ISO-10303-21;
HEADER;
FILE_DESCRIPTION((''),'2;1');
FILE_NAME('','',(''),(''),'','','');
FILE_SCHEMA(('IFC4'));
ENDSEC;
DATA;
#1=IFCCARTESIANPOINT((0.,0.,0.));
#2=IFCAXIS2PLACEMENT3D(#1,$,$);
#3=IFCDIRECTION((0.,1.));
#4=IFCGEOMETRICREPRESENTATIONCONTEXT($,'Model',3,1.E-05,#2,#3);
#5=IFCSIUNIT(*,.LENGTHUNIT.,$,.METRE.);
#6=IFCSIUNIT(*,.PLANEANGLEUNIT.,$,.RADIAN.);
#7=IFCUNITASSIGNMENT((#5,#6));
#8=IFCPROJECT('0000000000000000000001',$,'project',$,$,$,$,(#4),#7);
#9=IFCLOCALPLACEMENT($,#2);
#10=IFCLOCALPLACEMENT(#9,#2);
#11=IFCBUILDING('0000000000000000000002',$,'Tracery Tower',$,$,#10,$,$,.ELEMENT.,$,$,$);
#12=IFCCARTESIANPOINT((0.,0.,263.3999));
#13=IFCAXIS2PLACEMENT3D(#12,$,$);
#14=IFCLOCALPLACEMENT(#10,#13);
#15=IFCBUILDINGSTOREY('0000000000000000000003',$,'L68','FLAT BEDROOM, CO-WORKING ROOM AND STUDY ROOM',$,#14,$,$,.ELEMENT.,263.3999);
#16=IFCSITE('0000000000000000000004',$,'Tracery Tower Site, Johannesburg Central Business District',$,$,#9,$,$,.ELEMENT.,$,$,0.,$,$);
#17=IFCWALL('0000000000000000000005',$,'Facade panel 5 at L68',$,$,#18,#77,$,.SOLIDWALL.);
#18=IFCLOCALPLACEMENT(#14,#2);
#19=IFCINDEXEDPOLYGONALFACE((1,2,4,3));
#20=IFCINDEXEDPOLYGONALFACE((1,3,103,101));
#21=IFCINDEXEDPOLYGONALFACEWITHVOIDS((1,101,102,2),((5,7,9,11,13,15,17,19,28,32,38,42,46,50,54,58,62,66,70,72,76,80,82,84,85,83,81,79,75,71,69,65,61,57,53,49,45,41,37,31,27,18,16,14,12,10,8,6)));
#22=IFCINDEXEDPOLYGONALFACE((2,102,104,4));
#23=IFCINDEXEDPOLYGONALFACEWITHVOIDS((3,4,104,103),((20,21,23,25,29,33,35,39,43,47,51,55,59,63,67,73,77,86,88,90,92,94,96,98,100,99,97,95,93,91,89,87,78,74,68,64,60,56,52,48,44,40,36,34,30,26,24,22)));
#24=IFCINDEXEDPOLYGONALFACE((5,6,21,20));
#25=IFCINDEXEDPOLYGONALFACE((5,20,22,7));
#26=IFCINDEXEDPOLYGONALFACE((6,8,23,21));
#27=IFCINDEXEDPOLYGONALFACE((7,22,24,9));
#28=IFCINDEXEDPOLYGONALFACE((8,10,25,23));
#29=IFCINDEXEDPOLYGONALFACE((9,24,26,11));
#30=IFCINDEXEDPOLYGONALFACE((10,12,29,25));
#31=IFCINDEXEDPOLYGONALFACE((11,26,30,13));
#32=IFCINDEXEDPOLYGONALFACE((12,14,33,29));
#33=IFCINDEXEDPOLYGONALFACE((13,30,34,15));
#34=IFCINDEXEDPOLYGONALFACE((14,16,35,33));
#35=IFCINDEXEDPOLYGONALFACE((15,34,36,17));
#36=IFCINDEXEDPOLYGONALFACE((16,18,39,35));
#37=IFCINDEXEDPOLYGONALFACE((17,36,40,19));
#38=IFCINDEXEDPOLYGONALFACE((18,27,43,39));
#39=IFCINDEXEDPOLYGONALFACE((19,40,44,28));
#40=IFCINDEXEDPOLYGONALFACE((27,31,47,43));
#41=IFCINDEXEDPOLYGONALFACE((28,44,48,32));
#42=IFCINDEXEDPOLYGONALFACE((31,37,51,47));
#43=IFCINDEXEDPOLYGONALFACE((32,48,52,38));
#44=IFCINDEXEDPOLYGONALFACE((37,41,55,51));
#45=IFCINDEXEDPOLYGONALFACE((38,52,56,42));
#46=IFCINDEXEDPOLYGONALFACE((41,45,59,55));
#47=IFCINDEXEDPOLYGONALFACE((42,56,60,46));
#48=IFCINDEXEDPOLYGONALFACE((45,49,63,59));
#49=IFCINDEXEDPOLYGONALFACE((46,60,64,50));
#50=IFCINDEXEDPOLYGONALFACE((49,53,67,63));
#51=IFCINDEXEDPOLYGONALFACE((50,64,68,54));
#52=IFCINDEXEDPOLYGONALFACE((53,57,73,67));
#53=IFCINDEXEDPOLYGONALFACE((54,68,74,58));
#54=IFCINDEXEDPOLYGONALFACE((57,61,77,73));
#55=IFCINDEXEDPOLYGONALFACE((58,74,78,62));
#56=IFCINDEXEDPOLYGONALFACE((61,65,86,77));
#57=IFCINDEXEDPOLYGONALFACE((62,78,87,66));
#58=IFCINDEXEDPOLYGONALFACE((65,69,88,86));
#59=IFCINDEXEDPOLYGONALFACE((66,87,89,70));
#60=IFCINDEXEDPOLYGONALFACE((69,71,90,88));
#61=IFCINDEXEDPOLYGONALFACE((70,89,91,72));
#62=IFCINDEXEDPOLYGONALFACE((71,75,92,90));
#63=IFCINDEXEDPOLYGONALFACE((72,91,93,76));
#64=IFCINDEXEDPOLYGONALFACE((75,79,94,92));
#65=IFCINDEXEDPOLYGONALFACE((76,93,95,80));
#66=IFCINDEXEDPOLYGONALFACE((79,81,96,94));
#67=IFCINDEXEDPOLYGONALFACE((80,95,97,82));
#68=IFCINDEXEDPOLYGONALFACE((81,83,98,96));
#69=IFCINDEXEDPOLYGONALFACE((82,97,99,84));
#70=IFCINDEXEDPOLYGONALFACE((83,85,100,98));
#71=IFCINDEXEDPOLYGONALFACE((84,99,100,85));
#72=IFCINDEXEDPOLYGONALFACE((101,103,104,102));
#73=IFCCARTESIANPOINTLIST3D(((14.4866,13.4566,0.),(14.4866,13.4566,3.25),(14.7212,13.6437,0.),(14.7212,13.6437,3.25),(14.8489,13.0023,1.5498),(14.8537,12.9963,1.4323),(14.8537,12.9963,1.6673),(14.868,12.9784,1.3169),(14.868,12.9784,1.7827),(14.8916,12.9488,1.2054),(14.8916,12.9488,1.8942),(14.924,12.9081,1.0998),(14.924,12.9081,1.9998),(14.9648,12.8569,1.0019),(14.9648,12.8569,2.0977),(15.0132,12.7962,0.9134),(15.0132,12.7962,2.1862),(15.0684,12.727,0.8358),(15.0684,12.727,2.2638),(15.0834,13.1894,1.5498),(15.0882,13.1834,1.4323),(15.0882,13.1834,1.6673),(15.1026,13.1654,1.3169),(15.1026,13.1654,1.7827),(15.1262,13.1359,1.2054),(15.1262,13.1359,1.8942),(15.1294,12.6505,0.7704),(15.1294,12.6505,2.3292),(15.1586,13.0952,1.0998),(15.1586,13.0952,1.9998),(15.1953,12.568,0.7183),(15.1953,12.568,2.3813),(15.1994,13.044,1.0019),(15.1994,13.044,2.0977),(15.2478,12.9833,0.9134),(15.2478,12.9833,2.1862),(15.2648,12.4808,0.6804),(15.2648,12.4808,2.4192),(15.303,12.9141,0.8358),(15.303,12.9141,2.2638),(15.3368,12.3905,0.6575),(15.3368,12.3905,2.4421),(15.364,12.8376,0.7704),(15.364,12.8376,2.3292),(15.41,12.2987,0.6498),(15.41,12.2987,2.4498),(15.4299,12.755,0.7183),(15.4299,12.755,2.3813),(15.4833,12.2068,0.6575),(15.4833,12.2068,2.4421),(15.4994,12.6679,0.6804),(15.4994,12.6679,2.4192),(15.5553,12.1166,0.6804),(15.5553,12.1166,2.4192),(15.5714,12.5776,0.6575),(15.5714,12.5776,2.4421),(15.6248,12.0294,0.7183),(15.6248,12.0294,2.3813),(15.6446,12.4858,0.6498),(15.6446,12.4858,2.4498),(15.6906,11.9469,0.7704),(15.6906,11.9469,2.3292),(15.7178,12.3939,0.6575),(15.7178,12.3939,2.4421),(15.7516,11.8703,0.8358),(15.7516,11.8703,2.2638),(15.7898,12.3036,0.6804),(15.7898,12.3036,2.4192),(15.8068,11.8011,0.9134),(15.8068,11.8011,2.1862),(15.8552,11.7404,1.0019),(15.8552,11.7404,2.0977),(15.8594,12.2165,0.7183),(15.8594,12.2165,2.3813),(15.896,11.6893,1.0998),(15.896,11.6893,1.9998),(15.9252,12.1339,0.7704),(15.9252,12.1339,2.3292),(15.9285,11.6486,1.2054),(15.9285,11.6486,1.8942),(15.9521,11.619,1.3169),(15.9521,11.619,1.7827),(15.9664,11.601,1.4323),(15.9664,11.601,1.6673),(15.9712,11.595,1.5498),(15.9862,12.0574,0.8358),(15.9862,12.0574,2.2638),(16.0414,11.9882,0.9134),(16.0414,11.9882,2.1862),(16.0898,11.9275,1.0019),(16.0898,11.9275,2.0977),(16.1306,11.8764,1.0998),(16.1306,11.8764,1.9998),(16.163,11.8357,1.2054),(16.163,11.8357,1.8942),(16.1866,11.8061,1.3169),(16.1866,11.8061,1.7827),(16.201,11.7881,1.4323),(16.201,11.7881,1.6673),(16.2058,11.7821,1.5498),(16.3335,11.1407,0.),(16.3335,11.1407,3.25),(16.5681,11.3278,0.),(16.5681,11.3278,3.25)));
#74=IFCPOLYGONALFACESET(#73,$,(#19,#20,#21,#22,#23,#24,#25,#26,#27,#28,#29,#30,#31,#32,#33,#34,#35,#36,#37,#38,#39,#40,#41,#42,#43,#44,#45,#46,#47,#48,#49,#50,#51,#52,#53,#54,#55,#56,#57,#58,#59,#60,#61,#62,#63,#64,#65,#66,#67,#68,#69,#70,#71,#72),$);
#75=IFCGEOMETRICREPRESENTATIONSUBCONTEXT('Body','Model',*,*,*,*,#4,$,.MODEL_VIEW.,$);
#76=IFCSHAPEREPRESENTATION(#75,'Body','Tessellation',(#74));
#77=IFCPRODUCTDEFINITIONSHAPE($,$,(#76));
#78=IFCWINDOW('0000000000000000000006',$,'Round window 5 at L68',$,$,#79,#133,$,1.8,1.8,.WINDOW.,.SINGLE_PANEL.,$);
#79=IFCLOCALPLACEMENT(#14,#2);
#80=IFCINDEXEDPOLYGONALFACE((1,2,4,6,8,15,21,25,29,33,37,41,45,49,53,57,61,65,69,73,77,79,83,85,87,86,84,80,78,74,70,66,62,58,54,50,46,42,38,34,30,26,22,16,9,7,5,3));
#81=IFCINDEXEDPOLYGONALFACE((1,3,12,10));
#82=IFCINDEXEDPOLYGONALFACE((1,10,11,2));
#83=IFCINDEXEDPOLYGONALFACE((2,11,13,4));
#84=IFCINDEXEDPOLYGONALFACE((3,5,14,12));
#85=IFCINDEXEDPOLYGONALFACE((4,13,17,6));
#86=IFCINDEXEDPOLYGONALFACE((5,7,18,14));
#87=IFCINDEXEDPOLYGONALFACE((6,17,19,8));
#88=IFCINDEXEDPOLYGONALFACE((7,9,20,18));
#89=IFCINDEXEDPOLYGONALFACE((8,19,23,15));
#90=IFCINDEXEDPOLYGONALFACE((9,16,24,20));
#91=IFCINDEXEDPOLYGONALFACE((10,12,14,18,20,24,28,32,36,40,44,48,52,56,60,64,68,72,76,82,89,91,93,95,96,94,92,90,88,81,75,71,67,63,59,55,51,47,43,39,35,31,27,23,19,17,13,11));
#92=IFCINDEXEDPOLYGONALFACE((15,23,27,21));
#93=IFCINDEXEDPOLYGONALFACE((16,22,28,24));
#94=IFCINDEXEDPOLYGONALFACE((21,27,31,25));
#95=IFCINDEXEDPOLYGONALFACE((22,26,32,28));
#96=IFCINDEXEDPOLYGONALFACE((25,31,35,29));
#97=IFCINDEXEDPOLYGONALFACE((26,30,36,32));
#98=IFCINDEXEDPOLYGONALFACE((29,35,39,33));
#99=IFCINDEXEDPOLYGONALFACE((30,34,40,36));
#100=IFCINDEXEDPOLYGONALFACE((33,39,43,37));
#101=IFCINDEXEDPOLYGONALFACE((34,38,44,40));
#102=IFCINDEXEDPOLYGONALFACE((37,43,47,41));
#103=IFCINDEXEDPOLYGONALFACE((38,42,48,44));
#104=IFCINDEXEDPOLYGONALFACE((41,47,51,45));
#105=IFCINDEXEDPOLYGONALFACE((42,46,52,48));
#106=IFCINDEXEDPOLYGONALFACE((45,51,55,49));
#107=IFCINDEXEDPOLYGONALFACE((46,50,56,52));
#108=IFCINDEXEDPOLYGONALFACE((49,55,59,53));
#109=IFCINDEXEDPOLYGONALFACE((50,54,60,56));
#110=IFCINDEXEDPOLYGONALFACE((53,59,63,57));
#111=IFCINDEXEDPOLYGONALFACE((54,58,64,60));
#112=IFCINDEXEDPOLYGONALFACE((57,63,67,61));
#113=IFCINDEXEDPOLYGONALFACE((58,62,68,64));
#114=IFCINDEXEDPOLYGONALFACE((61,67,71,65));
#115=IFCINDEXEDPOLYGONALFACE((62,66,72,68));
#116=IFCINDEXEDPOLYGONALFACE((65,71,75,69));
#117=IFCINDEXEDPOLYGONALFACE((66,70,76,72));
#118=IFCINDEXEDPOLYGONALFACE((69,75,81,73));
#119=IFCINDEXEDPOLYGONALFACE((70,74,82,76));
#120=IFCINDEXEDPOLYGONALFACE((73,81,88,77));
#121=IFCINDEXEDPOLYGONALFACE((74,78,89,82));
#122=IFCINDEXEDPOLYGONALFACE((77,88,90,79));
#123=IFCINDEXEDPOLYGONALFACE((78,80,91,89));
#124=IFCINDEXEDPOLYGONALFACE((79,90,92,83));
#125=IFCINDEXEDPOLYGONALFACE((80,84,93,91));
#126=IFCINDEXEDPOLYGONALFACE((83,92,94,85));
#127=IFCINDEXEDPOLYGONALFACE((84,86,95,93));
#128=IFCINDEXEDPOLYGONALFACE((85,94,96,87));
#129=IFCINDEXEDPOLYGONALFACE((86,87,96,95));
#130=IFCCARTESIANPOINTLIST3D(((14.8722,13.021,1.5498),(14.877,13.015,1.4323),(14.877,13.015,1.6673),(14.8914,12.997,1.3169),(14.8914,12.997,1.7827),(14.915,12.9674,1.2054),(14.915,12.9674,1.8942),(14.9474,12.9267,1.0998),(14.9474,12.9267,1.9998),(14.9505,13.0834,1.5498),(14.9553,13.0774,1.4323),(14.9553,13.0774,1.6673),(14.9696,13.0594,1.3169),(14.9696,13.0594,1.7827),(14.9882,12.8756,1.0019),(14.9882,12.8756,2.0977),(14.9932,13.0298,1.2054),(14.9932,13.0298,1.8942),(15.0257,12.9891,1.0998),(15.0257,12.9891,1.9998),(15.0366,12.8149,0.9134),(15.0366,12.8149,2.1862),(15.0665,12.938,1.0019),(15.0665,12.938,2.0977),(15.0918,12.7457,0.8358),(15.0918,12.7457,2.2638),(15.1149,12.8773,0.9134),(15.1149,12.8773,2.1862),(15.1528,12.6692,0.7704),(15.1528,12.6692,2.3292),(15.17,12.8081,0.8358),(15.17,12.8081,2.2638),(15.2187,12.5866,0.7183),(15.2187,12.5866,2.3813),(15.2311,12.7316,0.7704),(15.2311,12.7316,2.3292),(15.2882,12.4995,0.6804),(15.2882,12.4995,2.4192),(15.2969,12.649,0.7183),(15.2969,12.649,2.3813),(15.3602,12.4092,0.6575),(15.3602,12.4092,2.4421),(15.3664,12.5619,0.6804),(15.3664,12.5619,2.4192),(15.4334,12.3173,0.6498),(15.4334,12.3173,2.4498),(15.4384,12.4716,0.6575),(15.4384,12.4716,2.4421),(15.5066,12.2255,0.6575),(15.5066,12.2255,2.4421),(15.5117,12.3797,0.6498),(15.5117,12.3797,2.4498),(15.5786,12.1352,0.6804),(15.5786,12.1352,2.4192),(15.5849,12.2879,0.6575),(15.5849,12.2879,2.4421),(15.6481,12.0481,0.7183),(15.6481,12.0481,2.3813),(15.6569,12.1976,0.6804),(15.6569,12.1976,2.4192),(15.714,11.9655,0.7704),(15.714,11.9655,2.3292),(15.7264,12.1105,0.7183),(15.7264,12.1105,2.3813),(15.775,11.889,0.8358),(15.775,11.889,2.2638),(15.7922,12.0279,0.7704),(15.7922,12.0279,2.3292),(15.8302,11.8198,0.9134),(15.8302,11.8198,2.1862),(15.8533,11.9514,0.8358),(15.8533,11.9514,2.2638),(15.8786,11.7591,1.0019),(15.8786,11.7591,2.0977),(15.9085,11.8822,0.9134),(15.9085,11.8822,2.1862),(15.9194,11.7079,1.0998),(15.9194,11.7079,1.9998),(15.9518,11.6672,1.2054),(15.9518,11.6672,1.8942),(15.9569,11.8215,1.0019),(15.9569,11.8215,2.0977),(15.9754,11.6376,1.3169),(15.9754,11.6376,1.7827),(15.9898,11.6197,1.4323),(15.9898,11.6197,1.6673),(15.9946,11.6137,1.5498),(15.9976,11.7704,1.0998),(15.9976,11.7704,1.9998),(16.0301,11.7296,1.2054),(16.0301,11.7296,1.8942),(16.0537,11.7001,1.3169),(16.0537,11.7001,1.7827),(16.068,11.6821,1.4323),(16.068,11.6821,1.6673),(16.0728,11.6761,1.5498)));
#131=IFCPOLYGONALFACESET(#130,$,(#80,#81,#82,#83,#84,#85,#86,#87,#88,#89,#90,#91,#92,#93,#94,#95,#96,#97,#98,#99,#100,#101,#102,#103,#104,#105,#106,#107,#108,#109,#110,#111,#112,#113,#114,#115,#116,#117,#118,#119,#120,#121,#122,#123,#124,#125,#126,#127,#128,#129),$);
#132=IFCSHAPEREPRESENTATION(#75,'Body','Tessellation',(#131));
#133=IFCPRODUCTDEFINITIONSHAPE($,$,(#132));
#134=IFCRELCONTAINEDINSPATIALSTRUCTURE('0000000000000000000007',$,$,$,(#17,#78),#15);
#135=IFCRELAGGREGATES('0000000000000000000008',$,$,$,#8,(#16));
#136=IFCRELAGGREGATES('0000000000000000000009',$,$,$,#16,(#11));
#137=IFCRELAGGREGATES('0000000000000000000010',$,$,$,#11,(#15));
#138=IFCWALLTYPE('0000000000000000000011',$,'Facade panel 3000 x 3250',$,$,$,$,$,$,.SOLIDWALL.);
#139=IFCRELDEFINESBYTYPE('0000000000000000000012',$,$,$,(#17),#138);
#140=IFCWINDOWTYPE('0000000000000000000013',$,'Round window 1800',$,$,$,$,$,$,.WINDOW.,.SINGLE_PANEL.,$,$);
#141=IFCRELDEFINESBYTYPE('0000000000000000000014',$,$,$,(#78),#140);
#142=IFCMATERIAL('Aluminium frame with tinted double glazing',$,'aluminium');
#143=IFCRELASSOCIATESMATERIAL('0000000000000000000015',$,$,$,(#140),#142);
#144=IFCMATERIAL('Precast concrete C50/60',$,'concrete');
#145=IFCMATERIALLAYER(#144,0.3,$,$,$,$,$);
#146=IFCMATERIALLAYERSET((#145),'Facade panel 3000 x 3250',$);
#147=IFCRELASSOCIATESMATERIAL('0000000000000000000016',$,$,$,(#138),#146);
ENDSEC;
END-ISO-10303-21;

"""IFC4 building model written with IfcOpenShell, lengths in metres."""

from ifc_helpers import new_model, si_unit, direction, frame, frame_2d, origin, origin_2d, place, context, subcontext, project, spatial, rectangle, circle, extrude, material, layer, layer_set, type_object, element, fill, save


model = new_model("IFC4")

# Units and contexts
model_context = context("Model", 3, precision=1e-05, world=origin(), true_north=direction((0.0, 1.0)))
body_context = subcontext(model_context, "Body", "Model", "MODEL_VIEW")
ifc_project = project(units=[si_unit("LENGTHUNIT", "METRE"), si_unit("PLANEANGLEUNIT", "RADIAN")], contexts=[model_context])

# Site, building, storey
site_placement = place(None, origin())
site = spatial("IfcSite", under=ifc_project, at=site_placement, Name="Tracery Tower Site, Johannesburg Central Business District", CompositionType="ELEMENT", RefElevation=0.0)
building_placement = place(site_placement, origin())
building = spatial("IfcBuilding", under=site, at=building_placement, Name="Tracery Tower", CompositionType="ELEMENT")
storey_placement = place(building_placement, frame((0.0, 0.0, 263.3999)))
storey = spatial("IfcBuildingStorey", under=building, at=storey_placement, Name="L68", Description="FLAT BEDROOM, CO-WORKING ROOM AND STUDY ROOM", CompositionType="ELEMENT", Elevation=263.3999)

# Wall, opening, window
ifc_material_1 = material(Name="Aluminium frame with tinted double glazing", Category="aluminium")
window_type = type_object("IfcWindowType", Name="Round window 1800", PartitioningType="SINGLE_PANEL", PredefinedType="WINDOW", material=ifc_material_1)
ifc_material_2 = material(Name="Precast concrete C50/60", Category="concrete")
ifc_layer_1 = layer(ifc_material_2, 0.3)
ifc_layer_set_1 = layer_set([ifc_layer_1], Name="Facade panel 3000 x 3250")
wall_type_1 = type_object("IfcWallType", Name="Facade panel 3000 x 3250", PredefinedType="SOLIDWALL", material=ifc_layer_set_1)
wall_1_placement = place(storey_placement, frame((16.4507, 11.2344, 0.0), z_axis=(0.0, 0.0, 1.0), x_axis=(-0.623498, 0.781825, 0.0)))
wall_1 = element("IfcWall", 1, at=wall_1_placement, inside=storey, type_object=wall_type_1, Name="Facade panel 5 at L68", PredefinedType="SOLIDWALL", context=body_context, shape_type="SweptSolid", body=[
    extrude(rectangle(XDim=2.9622, YDim=0.3, at=frame_2d((1.481, 0.0))), origin(), (0.0, 0.0, 1.0), 3.25),
])
opening_1_placement = place(wall_1_placement, frame((1.481, 0.0, 1.5498)))
opening_1 = element("IfcOpeningElement", 2, at=opening_1_placement, cuts=wall_1, PredefinedType="OPENING", context=body_context, shape_type="SweptSolid", body=[
    extrude(circle(Radius=0.9, at=origin_2d()), frame((0.0, 0.1599, 0.0), z_axis=(0.0, -1.0, 0.0), x_axis=(1.0, 0.0, 0.0)), (0.0, 0.0, 1.0), 0.3201),
])
window_1_placement = place(opening_1_placement, origin())
window_1 = element("IfcWindow", 3, at=window_1_placement, inside=storey, type_object=window_type, Name="Round window 5 at L68", OverallHeight=1.8, OverallWidth=1.8, PartitioningType="SINGLE_PANEL", PredefinedType="WINDOW", context=body_context, shape_type="SweptSolid", body=[
    extrude(circle(Radius=0.9, at=origin_2d()), frame((0.0, 0.1201, 0.0), z_axis=(0.0, -1.0, 0.0), x_axis=(1.0, 0.0, 0.0)), (0.0, 0.0, 1.0), 0.1001),
])
fill(opening_1, window_1)

save(model, "model.ifc")
